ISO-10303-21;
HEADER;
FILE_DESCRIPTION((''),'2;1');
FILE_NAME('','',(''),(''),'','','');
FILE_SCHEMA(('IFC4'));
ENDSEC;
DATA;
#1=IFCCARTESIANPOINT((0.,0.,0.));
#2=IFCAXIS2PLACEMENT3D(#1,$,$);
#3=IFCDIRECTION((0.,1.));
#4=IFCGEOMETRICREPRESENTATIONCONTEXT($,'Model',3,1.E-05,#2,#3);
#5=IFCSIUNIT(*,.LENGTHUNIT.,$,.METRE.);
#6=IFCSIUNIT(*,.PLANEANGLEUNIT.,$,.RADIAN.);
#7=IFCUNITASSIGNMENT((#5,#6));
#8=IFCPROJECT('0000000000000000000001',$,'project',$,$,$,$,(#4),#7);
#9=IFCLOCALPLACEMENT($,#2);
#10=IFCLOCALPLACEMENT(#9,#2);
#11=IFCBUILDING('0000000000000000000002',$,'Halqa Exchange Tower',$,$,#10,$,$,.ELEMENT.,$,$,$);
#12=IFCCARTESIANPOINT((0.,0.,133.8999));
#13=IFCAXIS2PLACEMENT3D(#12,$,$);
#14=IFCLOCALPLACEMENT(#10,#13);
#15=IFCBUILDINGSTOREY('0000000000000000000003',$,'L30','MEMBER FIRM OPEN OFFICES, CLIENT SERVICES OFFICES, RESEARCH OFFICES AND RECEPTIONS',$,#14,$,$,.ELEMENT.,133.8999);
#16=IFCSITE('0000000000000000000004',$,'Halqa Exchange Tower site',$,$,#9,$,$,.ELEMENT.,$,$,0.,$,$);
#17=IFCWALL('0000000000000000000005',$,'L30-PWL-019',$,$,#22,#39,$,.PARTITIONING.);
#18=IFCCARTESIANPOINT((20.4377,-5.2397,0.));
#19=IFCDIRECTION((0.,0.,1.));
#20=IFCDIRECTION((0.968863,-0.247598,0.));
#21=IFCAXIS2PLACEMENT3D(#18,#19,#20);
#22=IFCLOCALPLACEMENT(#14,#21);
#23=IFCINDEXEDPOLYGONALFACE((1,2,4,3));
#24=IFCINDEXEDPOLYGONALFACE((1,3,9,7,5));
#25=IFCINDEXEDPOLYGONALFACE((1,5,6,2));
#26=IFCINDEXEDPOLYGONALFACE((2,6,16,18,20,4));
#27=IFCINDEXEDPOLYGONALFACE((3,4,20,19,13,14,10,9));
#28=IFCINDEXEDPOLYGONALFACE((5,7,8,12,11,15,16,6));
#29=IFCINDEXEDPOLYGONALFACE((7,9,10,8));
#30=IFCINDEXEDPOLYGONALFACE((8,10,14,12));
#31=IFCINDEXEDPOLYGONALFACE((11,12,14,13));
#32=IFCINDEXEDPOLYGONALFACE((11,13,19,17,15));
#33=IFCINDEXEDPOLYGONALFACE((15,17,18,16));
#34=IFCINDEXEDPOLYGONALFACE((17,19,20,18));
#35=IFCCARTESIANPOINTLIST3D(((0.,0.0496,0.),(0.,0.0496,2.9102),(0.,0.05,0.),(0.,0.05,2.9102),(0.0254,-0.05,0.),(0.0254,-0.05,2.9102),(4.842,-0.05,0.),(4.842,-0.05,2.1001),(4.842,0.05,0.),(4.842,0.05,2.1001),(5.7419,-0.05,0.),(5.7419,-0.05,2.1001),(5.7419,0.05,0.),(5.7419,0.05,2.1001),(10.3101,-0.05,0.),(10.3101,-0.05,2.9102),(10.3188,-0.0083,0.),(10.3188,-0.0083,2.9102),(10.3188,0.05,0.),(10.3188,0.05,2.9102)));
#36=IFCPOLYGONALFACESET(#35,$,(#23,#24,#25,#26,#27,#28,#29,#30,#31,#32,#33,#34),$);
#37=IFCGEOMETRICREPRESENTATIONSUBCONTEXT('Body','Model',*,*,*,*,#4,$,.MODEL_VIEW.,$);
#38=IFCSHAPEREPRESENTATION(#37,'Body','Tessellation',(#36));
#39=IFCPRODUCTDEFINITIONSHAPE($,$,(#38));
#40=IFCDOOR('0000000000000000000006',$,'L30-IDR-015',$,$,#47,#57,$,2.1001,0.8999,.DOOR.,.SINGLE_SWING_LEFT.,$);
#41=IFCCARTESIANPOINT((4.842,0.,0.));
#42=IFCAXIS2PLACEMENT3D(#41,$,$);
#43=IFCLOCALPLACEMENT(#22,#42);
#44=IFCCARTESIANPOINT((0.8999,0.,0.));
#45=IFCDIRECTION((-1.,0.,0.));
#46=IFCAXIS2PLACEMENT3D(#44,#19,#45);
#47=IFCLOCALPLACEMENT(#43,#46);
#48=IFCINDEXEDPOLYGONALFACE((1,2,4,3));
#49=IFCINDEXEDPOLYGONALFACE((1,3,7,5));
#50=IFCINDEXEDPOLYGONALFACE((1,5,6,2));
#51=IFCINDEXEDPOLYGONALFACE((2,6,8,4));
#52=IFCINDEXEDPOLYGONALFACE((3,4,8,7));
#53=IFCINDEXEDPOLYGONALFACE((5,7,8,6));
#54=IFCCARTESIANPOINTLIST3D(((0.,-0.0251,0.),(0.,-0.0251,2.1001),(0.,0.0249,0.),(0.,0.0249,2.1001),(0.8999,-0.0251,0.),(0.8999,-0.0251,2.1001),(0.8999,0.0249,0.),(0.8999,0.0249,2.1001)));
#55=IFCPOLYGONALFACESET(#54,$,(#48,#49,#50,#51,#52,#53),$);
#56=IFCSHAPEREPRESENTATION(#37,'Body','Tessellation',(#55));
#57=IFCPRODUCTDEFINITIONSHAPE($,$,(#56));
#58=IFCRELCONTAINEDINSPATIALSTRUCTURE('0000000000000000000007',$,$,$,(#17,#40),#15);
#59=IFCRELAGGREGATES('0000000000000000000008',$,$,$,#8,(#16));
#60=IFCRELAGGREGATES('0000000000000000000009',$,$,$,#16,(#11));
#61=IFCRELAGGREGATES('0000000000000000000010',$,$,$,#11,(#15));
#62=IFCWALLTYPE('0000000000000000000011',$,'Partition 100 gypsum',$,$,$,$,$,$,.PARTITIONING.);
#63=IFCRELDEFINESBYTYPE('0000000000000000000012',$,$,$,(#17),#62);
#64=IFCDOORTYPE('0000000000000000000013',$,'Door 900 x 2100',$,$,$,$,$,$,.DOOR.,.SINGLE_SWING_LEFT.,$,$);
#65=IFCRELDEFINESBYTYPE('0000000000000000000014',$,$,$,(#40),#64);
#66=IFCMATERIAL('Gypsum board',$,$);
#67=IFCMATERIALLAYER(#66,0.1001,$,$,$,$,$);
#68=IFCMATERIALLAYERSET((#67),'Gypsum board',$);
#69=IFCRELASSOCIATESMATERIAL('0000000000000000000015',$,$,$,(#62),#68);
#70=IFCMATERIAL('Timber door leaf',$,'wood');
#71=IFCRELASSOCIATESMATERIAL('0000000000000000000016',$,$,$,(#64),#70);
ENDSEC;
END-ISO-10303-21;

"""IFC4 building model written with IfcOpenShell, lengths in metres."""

from ifc_helpers import new_model, si_unit, direction, frame, frame_2d, origin, place, context, subcontext, project, spatial, polyline, rectangle, outline, extrude, material, layer, layer_set, type_object, element, fill, save


model = new_model("IFC4")

# Units and contexts
model_context = context("Model", 3, precision=1e-05, world=origin(), true_north=direction((0.0, 1.0)))
body_context = subcontext(model_context, "Body", "Model", "MODEL_VIEW")
ifc_project = project(units=[si_unit("LENGTHUNIT", "METRE"), si_unit("PLANEANGLEUNIT", "RADIAN")], contexts=[model_context])

# Site, building, storey
site_placement = place(None, origin())
site = spatial("IfcSite", under=ifc_project, at=site_placement, Name="Halqa Exchange Tower site", CompositionType="ELEMENT", RefElevation=0.0)
building_placement = place(site_placement, origin())
building = spatial("IfcBuilding", under=site, at=building_placement, Name="Halqa Exchange Tower", CompositionType="ELEMENT")
storey_placement = place(building_placement, frame((0.0, 0.0, 133.8999)))
storey = spatial("IfcBuildingStorey", under=building, at=storey_placement, Name="L30", Description="MEMBER FIRM OPEN OFFICES, CLIENT SERVICES OFFICES, RESEARCH OFFICES AND RECEPTIONS", CompositionType="ELEMENT", Elevation=133.8999)

# Shared definitions
ifc_material_1 = material(Name="Gypsum board")
ifc_layer_1 = layer(ifc_material_1, 0.1001)
ifc_layer_set_1 = layer_set([ifc_layer_1], Name="Gypsum board")
wall_type_1 = type_object("IfcWallType", Name="Partition 100 gypsum", PredefinedType="PARTITIONING", material=ifc_layer_set_1)

# Wall, opening, door
ifc_material_2 = material(Name="Timber door leaf", Category="wood")
door_type_1 = type_object("IfcDoorType", Name="Door 900 x 2100", OperationType="SINGLE_SWING_LEFT", PredefinedType="DOOR", material=ifc_material_2)
wall_1_placement = place(storey_placement, frame((20.4377, -5.2397, 0.0), z_axis=(0.0, 0.0, 1.0), x_axis=(0.968863, -0.247598, 0.0)))
wall_1 = element("IfcWall", 1, at=wall_1_placement, inside=storey, type_object=wall_type_1, Name="L30-PWL-019", PredefinedType="PARTITIONING", context=body_context, shape_type="SweptSolid", body=[
    extrude(outline(polyline([(0.0254, -0.05), (1.7395, -0.05), (3.4536, -0.05), (5.1677, -0.05), (6.8818, -0.05), (8.5959, -0.05), (10.3101, -0.05), (10.3188, -0.0083), (10.3188, 0.05), (8.5991, 0.05), (6.8792, 0.05), (5.1594, 0.05), (3.4397, 0.05), (1.7197, 0.05), (0.0, 0.05), (0.0, 0.0496), (0.0254, -0.05)])), origin(), (0.0, 0.0, 1.0), 2.9102),
])
opening_1_placement = place(wall_1_placement, frame((4.842, 0.0, 0.0)))
opening_1 = element("IfcOpeningElement", 2, at=opening_1_placement, cuts=wall_1, PredefinedType="OPENING", context=body_context, shape_type="SweptSolid", body=[
    extrude(rectangle(XDim=0.8999, YDim=2.1001, at=frame_2d((0.45, 1.05))), frame((0.0, 0.062, 0.0), z_axis=(0.0, -1.0, 0.0), x_axis=(1.0, 0.0, 0.0)), (0.0, 0.0, 1.0), 0.124),
])
door_1_placement = place(opening_1_placement, frame((0.8999, 0.0, 0.0), z_axis=(0.0, 0.0, 1.0), x_axis=(-1.0, 0.0, 0.0)))
door_1 = element("IfcDoor", 3, at=door_1_placement, inside=storey, type_object=door_type_1, Name="L30-IDR-015", OperationType="SINGLE_SWING_LEFT", OverallHeight=2.1001, OverallWidth=0.8999, PredefinedType="DOOR", context=body_context, shape_type="SweptSolid", body=[
    extrude(rectangle(XDim=0.8999, YDim=2.1001, at=frame_2d((0.45, 1.05))), frame((0.0, 0.0249, 0.0), z_axis=(0.0, -1.0, 0.0), x_axis=(1.0, 0.0, 0.0)), (0.0, 0.0, 1.0), 0.05),
])
fill(opening_1, door_1)

save(model, "model.ifc")
